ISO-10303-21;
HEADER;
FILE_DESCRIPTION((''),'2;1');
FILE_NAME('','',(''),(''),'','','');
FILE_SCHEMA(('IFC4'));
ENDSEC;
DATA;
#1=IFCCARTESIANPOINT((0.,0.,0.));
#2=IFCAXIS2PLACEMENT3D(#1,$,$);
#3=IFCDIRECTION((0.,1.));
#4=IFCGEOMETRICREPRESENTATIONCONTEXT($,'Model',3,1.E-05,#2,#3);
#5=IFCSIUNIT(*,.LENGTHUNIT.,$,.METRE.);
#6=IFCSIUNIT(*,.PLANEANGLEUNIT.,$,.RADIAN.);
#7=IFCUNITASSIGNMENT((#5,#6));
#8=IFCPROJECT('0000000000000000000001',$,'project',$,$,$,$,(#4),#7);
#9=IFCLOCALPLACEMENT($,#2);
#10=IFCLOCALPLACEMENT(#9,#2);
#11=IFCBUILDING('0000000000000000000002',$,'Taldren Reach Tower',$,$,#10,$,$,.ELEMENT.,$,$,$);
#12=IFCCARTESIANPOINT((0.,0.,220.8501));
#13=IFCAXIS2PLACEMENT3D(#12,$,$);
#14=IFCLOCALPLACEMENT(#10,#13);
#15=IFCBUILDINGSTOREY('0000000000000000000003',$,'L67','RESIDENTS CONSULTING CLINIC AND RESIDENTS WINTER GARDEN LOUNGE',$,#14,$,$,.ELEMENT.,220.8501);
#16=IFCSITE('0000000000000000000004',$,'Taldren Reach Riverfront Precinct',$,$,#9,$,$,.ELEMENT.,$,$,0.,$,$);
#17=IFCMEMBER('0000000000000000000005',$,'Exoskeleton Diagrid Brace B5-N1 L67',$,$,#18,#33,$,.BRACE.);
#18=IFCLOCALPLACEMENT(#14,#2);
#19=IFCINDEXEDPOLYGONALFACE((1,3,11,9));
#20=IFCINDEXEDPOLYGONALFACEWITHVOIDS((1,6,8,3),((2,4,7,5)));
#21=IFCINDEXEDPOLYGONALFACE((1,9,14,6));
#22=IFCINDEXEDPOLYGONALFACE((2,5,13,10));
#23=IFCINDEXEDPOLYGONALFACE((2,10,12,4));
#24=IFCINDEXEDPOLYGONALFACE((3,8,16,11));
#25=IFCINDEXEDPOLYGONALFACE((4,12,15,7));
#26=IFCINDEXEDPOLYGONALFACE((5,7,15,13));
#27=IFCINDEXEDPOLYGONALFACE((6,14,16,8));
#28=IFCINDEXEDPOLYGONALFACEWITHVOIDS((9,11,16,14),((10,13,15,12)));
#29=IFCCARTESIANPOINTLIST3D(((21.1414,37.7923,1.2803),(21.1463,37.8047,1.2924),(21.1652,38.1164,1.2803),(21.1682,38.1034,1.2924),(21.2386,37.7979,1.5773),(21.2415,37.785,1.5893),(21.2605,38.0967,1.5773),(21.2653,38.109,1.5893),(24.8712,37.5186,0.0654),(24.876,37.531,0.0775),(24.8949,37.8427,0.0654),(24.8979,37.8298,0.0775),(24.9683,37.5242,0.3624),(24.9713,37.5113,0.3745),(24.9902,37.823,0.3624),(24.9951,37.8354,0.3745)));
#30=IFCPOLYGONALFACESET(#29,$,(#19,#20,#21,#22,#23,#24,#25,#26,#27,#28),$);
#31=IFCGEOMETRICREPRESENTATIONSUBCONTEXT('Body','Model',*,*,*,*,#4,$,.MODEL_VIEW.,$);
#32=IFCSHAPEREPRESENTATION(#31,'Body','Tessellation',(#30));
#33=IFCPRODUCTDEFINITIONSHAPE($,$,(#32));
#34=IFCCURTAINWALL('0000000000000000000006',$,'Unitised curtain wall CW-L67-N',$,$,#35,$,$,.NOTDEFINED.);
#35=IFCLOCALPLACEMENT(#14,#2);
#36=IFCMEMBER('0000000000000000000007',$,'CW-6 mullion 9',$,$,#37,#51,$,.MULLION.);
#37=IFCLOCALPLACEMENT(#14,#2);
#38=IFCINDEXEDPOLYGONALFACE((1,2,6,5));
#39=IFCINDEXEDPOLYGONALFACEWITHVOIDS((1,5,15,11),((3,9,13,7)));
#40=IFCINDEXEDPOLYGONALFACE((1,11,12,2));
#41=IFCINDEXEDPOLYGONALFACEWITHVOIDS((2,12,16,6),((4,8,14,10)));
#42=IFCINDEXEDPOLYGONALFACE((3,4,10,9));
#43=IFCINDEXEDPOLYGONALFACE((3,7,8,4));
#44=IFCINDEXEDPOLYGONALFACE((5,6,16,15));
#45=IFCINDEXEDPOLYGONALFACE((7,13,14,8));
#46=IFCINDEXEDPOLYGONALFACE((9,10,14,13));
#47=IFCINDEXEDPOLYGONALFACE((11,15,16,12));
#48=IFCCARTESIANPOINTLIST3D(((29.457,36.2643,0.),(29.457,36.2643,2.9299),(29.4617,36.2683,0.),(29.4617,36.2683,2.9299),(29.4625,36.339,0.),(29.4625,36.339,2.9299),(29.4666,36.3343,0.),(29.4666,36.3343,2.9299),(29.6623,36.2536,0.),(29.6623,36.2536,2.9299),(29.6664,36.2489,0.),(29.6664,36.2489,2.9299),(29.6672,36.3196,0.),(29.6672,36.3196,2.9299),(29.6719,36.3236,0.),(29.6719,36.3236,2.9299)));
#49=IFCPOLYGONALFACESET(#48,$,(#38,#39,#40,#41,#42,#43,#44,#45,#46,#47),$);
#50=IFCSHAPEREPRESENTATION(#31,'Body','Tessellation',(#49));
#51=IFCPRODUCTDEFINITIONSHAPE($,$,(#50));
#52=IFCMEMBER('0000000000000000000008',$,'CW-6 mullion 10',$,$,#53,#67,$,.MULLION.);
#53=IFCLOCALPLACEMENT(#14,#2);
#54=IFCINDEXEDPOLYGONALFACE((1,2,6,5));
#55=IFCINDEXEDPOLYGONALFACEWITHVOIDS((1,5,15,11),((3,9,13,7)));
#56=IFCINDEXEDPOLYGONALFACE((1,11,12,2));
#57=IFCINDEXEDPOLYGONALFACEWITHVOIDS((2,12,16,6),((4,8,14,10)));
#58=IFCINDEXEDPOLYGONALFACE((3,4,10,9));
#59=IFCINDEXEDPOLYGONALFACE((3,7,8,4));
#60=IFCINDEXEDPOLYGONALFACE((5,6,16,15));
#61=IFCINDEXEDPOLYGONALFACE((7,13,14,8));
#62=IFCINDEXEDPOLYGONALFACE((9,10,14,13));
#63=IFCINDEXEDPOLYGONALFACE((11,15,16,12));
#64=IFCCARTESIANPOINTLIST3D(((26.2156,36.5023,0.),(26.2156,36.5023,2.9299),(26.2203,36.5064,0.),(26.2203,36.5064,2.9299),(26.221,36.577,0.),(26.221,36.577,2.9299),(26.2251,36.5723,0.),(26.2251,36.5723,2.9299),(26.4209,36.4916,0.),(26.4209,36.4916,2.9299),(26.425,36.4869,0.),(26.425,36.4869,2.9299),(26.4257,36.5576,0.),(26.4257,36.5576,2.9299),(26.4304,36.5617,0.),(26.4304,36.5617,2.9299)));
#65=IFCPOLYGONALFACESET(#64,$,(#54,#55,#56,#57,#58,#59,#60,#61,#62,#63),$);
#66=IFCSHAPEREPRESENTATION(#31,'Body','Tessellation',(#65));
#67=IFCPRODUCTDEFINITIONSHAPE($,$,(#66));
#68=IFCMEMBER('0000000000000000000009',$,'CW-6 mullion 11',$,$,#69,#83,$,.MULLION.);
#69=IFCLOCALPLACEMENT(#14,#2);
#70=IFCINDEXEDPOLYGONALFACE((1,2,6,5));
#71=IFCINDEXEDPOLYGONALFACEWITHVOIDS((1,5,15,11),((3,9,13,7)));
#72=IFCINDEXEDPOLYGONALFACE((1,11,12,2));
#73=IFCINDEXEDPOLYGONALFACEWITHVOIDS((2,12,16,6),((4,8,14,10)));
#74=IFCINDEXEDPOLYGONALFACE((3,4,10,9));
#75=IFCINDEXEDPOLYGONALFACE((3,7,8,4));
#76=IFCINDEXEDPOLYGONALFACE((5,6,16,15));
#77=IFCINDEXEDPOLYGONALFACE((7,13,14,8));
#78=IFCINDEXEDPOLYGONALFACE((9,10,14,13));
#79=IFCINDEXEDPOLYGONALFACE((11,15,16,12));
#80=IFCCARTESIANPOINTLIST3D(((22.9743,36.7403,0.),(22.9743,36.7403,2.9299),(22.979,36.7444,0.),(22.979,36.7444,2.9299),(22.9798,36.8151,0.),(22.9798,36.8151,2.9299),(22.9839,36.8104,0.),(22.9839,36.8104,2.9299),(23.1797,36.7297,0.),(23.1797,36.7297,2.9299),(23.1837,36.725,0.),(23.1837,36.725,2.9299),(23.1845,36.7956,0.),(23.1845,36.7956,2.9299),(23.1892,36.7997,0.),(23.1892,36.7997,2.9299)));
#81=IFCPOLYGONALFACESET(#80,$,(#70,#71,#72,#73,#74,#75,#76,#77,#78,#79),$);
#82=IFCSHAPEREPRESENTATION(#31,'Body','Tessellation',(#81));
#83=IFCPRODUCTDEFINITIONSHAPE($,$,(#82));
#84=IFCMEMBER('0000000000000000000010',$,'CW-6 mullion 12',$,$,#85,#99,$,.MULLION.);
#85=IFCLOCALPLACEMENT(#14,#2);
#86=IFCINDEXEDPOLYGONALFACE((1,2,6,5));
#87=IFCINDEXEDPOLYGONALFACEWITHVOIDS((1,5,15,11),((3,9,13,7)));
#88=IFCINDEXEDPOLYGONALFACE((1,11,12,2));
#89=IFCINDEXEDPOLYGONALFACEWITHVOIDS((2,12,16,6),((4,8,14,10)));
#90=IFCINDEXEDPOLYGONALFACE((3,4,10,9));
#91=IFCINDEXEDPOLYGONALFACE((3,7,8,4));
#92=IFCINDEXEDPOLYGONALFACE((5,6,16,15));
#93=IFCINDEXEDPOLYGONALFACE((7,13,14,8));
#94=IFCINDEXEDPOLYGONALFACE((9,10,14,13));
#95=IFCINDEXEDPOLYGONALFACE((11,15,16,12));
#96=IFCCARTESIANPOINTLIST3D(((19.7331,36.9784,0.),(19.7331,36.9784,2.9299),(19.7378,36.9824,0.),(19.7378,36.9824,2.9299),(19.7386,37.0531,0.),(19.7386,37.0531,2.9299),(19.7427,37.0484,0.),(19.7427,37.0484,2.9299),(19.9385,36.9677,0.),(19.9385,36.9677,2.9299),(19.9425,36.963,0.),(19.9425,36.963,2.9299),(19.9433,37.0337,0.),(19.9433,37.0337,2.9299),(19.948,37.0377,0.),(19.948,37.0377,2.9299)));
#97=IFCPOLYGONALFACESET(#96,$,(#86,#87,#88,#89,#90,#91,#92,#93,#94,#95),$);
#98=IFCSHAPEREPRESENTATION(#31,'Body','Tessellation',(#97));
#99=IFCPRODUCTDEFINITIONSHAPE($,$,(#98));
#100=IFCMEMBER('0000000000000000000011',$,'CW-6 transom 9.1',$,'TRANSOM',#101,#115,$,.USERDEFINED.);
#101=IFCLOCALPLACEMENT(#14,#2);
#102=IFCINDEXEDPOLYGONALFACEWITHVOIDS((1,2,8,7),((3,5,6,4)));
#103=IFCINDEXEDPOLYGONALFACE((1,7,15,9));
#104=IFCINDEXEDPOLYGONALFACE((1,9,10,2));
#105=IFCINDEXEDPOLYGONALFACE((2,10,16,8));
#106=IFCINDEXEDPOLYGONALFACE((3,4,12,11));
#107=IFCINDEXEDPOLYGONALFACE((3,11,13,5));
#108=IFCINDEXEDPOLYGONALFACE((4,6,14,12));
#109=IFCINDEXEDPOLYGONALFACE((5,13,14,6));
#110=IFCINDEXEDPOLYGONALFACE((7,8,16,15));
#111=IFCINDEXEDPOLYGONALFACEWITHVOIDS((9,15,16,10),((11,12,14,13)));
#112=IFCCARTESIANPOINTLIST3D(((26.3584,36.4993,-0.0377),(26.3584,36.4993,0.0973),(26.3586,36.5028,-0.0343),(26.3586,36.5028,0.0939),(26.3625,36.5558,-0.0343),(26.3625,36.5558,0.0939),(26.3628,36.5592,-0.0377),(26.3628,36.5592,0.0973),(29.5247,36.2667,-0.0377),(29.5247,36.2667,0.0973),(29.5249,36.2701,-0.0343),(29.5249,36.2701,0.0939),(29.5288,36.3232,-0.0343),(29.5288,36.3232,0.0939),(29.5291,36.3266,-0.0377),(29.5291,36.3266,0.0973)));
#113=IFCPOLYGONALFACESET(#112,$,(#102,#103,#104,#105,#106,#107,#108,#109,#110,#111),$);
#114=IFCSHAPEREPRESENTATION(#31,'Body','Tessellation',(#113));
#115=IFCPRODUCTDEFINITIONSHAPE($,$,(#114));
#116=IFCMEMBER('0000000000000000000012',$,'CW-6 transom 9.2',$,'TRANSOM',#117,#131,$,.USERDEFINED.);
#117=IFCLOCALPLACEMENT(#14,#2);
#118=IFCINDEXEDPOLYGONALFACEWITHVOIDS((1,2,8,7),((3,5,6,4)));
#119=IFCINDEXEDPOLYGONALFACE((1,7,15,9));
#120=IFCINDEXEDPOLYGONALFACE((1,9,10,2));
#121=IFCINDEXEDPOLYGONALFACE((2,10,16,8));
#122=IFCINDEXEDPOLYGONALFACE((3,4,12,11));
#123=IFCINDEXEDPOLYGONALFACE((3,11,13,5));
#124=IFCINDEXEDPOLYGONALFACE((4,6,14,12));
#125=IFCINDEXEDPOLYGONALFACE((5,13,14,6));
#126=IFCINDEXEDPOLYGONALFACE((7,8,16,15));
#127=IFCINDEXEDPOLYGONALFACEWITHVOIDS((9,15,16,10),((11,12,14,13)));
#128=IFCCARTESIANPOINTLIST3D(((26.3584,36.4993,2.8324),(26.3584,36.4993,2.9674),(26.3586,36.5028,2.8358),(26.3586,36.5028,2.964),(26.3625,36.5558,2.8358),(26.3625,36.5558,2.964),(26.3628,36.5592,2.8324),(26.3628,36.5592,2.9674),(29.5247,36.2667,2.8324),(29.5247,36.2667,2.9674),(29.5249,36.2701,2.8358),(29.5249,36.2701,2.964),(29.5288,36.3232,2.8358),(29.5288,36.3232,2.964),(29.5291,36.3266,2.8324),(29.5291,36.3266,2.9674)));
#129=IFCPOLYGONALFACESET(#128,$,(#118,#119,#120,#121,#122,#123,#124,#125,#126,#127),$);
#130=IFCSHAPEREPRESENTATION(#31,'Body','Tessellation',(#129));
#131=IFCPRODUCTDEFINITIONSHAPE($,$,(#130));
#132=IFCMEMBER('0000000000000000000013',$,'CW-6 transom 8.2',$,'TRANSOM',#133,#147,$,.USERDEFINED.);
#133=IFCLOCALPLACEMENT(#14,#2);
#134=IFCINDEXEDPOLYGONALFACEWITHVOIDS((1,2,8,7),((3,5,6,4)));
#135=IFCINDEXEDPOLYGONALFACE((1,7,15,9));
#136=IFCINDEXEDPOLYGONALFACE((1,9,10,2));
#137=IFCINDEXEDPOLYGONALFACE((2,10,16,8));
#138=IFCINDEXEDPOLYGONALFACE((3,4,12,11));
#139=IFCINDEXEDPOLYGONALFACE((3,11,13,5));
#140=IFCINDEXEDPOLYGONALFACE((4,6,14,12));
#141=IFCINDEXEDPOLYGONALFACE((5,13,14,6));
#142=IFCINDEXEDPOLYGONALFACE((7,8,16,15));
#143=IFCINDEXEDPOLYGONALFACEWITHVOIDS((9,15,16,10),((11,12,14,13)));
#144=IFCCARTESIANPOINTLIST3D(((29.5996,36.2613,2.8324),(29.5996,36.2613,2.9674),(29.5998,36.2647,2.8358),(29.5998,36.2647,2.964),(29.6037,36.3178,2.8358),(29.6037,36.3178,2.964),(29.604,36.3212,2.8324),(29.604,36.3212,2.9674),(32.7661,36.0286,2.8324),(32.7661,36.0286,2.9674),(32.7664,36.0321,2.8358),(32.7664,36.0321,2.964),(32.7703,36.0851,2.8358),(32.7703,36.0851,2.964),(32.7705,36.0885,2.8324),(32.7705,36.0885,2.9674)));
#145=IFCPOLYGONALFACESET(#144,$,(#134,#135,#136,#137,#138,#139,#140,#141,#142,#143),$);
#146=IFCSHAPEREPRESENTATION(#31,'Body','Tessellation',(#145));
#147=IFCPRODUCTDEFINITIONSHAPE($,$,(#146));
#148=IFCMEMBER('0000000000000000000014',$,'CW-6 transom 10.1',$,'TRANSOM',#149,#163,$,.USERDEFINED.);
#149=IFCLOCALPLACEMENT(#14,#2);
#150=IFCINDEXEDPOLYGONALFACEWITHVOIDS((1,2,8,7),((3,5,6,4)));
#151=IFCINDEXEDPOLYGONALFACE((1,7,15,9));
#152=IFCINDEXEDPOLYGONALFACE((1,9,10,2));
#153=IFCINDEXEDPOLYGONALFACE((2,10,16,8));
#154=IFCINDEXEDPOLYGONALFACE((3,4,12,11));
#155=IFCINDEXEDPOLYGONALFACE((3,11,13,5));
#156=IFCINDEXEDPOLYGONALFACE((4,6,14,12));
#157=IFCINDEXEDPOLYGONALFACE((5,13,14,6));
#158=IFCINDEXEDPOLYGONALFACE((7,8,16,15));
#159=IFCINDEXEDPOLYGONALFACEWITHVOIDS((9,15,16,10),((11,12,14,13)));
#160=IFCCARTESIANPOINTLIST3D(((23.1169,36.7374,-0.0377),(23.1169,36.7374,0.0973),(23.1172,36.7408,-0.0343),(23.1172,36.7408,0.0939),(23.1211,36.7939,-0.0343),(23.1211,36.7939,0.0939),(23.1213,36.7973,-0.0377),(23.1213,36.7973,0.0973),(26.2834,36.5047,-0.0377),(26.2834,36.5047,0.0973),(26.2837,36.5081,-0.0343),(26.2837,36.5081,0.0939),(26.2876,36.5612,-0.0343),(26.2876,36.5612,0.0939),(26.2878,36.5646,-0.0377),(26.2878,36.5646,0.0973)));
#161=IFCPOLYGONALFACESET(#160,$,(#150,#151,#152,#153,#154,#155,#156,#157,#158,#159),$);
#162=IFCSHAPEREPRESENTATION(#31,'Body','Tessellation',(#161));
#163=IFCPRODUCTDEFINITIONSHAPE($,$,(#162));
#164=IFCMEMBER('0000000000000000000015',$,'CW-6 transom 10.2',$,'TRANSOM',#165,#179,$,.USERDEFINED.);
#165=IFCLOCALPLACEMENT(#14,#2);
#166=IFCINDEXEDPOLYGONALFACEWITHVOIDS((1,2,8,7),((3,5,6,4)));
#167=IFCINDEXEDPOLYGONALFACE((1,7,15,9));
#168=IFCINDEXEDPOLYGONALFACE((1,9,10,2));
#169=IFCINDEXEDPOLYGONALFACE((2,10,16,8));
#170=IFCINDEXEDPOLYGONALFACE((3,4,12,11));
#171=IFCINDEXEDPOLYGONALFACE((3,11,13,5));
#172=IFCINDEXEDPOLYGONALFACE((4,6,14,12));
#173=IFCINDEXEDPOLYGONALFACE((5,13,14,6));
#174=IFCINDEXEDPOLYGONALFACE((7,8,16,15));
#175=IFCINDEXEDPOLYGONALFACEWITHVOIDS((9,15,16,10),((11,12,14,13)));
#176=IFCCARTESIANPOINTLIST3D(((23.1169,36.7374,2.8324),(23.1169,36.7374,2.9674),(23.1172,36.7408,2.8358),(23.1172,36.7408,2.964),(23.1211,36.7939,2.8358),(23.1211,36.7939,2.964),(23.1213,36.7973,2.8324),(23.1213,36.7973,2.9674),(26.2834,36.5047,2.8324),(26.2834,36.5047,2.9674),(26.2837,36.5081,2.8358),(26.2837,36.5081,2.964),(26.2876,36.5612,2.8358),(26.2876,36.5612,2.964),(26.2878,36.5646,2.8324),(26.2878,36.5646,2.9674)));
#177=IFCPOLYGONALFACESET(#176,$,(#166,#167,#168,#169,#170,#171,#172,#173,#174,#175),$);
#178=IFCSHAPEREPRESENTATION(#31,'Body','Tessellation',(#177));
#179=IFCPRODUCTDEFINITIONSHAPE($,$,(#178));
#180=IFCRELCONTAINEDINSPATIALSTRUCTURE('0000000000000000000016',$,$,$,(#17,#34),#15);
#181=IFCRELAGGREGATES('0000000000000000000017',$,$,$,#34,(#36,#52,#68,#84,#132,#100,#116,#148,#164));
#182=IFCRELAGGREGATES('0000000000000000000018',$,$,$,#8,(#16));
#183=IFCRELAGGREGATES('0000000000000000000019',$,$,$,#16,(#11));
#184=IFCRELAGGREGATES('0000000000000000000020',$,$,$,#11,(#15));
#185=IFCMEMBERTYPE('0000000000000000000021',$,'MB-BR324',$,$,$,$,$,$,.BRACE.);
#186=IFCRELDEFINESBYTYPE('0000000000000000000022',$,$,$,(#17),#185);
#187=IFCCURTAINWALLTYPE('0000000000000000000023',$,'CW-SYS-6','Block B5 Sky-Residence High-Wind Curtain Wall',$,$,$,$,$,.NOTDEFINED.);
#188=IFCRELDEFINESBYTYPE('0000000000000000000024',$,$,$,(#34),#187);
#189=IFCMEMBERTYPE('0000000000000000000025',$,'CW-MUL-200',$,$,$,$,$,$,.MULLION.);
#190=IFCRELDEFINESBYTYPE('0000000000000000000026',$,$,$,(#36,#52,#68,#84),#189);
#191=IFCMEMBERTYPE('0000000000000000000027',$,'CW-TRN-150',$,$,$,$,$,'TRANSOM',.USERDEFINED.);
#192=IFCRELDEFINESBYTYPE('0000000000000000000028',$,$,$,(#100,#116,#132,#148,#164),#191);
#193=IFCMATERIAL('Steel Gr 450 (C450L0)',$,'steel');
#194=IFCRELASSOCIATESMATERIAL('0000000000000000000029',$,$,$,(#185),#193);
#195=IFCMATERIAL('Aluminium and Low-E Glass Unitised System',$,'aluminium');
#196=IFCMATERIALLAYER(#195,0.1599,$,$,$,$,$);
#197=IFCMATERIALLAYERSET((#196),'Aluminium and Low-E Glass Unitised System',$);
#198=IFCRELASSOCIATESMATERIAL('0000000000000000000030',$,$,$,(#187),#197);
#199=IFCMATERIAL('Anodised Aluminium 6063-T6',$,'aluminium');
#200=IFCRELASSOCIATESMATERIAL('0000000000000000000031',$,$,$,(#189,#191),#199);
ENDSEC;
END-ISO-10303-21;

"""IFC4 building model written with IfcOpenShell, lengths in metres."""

from ifc_helpers import new_model, si_unit, direction, frame, origin, origin_2d, place, context, subcontext, project, spatial, hollow_rectangle, extrude, source, transform, mapped, material, layer, layer_set, material_profile, profile_set, type_object, element, aggregate, save


model = new_model("IFC4")

# Units and contexts
model_context = context("Model", 3, precision=1e-05, world=origin(), true_north=direction((0.0, 1.0)))
body_context = subcontext(model_context, "Body", "Model", "MODEL_VIEW")
ifc_project = project(units=[si_unit("LENGTHUNIT", "METRE"), si_unit("PLANEANGLEUNIT", "RADIAN")], contexts=[model_context])

# Site, building, storey
site_placement = place(None, origin())
site = spatial("IfcSite", under=ifc_project, at=site_placement, Name="Taldren Reach Riverfront Precinct", CompositionType="ELEMENT", RefElevation=0.0)
building_placement = place(site_placement, origin())
building = spatial("IfcBuilding", under=site, at=building_placement, Name="Taldren Reach Tower", CompositionType="ELEMENT")
storey_placement = place(building_placement, frame((0.0, 0.0, 220.8501)))
storey = spatial("IfcBuildingStorey", under=building, at=storey_placement, Name="L67", Description="RESIDENTS CONSULTING CLINIC AND RESIDENTS WINTER GARDEN LOUNGE", CompositionType="ELEMENT", Elevation=220.8501)

# Shared definitions
ifc_material_1 = material(Name="Steel Gr 450 (C450L0)", Category="steel")

# Member
ifc_material_profile_1 = material_profile(ifc_material_1, hollow_rectangle(XDim=0.325, YDim=0.325, WallThickness=0.0127, at=origin_2d()), Name="325x325x12.7SHS")
ifc_profile_set_1 = profile_set([ifc_material_profile_1], Name="Steel Gr 450 (C450L0)")
member_type_1 = type_object("IfcMemberType", Name="MB-BR324", PredefinedType="BRACE", material=ifc_profile_set_1)
shared_shape_1 = source(origin(), body_context, "Body", "SweptSolid", [
    extrude(hollow_rectangle(XDim=0.325, YDim=0.325, WallThickness=0.0127, at=origin_2d()), origin(), (0.0, 0.0, 1.0), 3.9321),
])
member_1_placement = place(storey_placement, frame((24.9331, 37.677, 0.22), z_axis=(-0.948527, 0.069601, 0.308953), x_axis=(-0.073182, -0.997319, 0.0)))
element("IfcMember", 1, at=member_1_placement, inside=storey, type_object=member_type_1, Name="Exoskeleton Diagrid Brace B5-N1 L67", PredefinedType="BRACE", context=body_context, shape_type="MappedRepresentation", body=[
    mapped(shared_shape_1, transform((0.0, 0.0, 0.0), scale=1.0)),
])

# Curtain wall, members
ifc_material_2 = material(Name="Aluminium and Low-E Glass Unitised System", Category="aluminium")
ifc_layer_1 = layer(ifc_material_2, 0.1599)
ifc_layer_set_1 = layer_set([ifc_layer_1], Name="Aluminium and Low-E Glass Unitised System")
curtain_wall_type = type_object("IfcCurtainWallType", Name="CW-SYS-6", Description="Block B5 Sky-Residence High-Wind Curtain Wall", PredefinedType="NOTDEFINED", material=ifc_layer_set_1)
curtain_wall_placement = place(storey_placement, origin())
curtain_wall = element("IfcCurtainWall", 2, at=curtain_wall_placement, inside=storey, type_object=curtain_wall_type, Name="Unitised curtain wall CW-L67-N", PredefinedType="NOTDEFINED")
ifc_material_3 = material(Name="Anodised Aluminium 6063-T6", Category="aluminium")
ifc_material_profile_2 = material_profile(ifc_material_3, hollow_rectangle(XDim=0.075, YDim=0.21, WallThickness=0.0044, at=origin_2d()), Name="ALU-210x75x4.5RHS")
ifc_profile_set_2 = profile_set([ifc_material_profile_2], Name="Anodised Aluminium 6063-T6")
member_type_2 = type_object("IfcMemberType", Name="CW-MUL-200", PredefinedType="MULLION", material=ifc_profile_set_2)
shared_shape_2 = source(origin(), body_context, "Body", "SweptSolid", [
    extrude(hollow_rectangle(XDim=0.075, YDim=0.21, WallThickness=0.0044, at=origin_2d()), origin(), (0.0, 0.0, 1.0), 2.9299),
])
member_2_placement = place(storey_placement, frame((29.5645, 36.2939, 0.0), z_axis=(0.0, 0.0, 1.0), x_axis=(-0.073238, -0.997314, 0.0)))
member_2 = element("IfcMember", 3, at=member_2_placement, type_object=member_type_2, Name="CW-6 mullion 9", PredefinedType="MULLION", context=body_context, shape_type="MappedRepresentation", body=[
    mapped(shared_shape_2, transform((0.0, 0.0, 0.0), scale=1.0)),
])
member_3_placement = place(storey_placement, frame((26.323, 36.532, 0.0), z_axis=(0.0, 0.0, 1.0), x_axis=(-0.073238, -0.997314, 0.0)))
member_3 = element("IfcMember", 4, at=member_3_placement, type_object=member_type_2, Name="CW-6 mullion 10", PredefinedType="MULLION", context=body_context, shape_type="MappedRepresentation", body=[
    mapped(shared_shape_2, transform((0.0, 0.0, 0.0), scale=1.0)),
])
member_4_placement = place(storey_placement, frame((23.0818, 36.77, 0.0), z_axis=(0.0, 0.0, 1.0), x_axis=(-0.073238, -0.997314, 0.0)))
member_4 = element("IfcMember", 5, at=member_4_placement, type_object=member_type_2, Name="CW-6 mullion 11", PredefinedType="MULLION", context=body_context, shape_type="MappedRepresentation", body=[
    mapped(shared_shape_2, transform((0.0, 0.0, 0.0), scale=1.0)),
])
member_5_placement = place(storey_placement, frame((19.8406, 37.0081, 0.0), z_axis=(0.0, 0.0, 1.0), x_axis=(-0.073238, -0.997314, 0.0)))
member_5 = element("IfcMember", 6, at=member_5_placement, type_object=member_type_2, Name="CW-6 mullion 12", PredefinedType="MULLION", context=body_context, shape_type="MappedRepresentation", body=[
    mapped(shared_shape_2, transform((0.0, 0.0, 0.0), scale=1.0)),
])
ifc_material_profile_3 = material_profile(ifc_material_3, hollow_rectangle(XDim=0.0601, YDim=0.135, WallThickness=0.0034, at=origin_2d()), Name="ALU-135x60x3.5RHS")
ifc_profile_set_3 = profile_set([ifc_material_profile_3], Name="Anodised Aluminium 6063-T6")
member_type_3 = type_object("IfcMemberType", Name="CW-TRN-150", ElementType="TRANSOM", PredefinedType="USERDEFINED", material=ifc_profile_set_3)
shared_shape_3 = source(origin(), body_context, "Body", "SweptSolid", [
    extrude(hollow_rectangle(XDim=0.0601, YDim=0.135, WallThickness=0.0034, at=origin_2d()), origin(), (0.0, 0.0, 1.0), 3.1748),
])
member_6_placement = place(storey_placement, frame((29.5269, 36.2966, 0.0298), z_axis=(-0.997311, 0.073285, 0.0), x_axis=(-0.073285, -0.997311, 0.0)))
member_6 = element("IfcMember", 7, at=member_6_placement, type_object=member_type_3, Name="CW-6 transom 9.1", ObjectType="TRANSOM", PredefinedType="USERDEFINED", context=body_context, shape_type="MappedRepresentation", body=[
    mapped(shared_shape_3, transform((0.0, 0.0, 0.0), scale=1.0)),
])
member_7_placement = place(storey_placement, frame((29.5269, 36.2966, 2.8999), z_axis=(-0.997311, 0.073285, 0.0), x_axis=(-0.073285, -0.997311, 0.0)))
member_7 = element("IfcMember", 8, at=member_7_placement, type_object=member_type_3, Name="CW-6 transom 9.2", ObjectType="TRANSOM", PredefinedType="USERDEFINED", context=body_context, shape_type="MappedRepresentation", body=[
    mapped(shared_shape_3, transform((0.0, 0.0, 0.0), scale=1.0)),
])
shared_shape_4 = source(origin(), body_context, "Body", "SweptSolid", [
    extrude(hollow_rectangle(XDim=0.0601, YDim=0.135, WallThickness=0.0034, at=origin_2d()), origin(), (0.0, 0.0, 1.0), 3.175),
])
member_8_placement = place(storey_placement, frame((32.7683, 36.0586, 2.8999), z_axis=(-0.997311, 0.07328, 0.0), x_axis=(-0.07328, -0.997311, 0.0)))
member_8 = element("IfcMember", 9, at=member_8_placement, type_object=member_type_3, Name="CW-6 transom 8.2", ObjectType="TRANSOM", PredefinedType="USERDEFINED", context=body_context, shape_type="MappedRepresentation", body=[
    mapped(shared_shape_4, transform((0.0, 0.0, 0.0), scale=1.0)),
])
member_9_placement = place(storey_placement, frame((26.2856, 36.5347, 0.0298), z_axis=(-0.997311, 0.07328, 0.0), x_axis=(-0.07328, -0.997311, 0.0)))
member_9 = element("IfcMember", 10, at=member_9_placement, type_object=member_type_3, Name="CW-6 transom 10.1", ObjectType="TRANSOM", PredefinedType="USERDEFINED", context=body_context, shape_type="MappedRepresentation", body=[
    mapped(shared_shape_4, transform((0.0, 0.0, 0.0), scale=1.0)),
])
member_10_placement = place(storey_placement, frame((26.2856, 36.5347, 2.8999), z_axis=(-0.997311, 0.07328, 0.0), x_axis=(-0.07328, -0.997311, 0.0)))
member_10 = element("IfcMember", 11, at=member_10_placement, type_object=member_type_3, Name="CW-6 transom 10.2", ObjectType="TRANSOM", PredefinedType="USERDEFINED", context=body_context, shape_type="MappedRepresentation", body=[
    mapped(shared_shape_4, transform((0.0, 0.0, 0.0), scale=1.0)),
])

aggregate(curtain_wall, [member_2, member_3, member_4, member_5, member_8, member_6, member_7, member_9, member_10])

save(model, "model.ifc")
